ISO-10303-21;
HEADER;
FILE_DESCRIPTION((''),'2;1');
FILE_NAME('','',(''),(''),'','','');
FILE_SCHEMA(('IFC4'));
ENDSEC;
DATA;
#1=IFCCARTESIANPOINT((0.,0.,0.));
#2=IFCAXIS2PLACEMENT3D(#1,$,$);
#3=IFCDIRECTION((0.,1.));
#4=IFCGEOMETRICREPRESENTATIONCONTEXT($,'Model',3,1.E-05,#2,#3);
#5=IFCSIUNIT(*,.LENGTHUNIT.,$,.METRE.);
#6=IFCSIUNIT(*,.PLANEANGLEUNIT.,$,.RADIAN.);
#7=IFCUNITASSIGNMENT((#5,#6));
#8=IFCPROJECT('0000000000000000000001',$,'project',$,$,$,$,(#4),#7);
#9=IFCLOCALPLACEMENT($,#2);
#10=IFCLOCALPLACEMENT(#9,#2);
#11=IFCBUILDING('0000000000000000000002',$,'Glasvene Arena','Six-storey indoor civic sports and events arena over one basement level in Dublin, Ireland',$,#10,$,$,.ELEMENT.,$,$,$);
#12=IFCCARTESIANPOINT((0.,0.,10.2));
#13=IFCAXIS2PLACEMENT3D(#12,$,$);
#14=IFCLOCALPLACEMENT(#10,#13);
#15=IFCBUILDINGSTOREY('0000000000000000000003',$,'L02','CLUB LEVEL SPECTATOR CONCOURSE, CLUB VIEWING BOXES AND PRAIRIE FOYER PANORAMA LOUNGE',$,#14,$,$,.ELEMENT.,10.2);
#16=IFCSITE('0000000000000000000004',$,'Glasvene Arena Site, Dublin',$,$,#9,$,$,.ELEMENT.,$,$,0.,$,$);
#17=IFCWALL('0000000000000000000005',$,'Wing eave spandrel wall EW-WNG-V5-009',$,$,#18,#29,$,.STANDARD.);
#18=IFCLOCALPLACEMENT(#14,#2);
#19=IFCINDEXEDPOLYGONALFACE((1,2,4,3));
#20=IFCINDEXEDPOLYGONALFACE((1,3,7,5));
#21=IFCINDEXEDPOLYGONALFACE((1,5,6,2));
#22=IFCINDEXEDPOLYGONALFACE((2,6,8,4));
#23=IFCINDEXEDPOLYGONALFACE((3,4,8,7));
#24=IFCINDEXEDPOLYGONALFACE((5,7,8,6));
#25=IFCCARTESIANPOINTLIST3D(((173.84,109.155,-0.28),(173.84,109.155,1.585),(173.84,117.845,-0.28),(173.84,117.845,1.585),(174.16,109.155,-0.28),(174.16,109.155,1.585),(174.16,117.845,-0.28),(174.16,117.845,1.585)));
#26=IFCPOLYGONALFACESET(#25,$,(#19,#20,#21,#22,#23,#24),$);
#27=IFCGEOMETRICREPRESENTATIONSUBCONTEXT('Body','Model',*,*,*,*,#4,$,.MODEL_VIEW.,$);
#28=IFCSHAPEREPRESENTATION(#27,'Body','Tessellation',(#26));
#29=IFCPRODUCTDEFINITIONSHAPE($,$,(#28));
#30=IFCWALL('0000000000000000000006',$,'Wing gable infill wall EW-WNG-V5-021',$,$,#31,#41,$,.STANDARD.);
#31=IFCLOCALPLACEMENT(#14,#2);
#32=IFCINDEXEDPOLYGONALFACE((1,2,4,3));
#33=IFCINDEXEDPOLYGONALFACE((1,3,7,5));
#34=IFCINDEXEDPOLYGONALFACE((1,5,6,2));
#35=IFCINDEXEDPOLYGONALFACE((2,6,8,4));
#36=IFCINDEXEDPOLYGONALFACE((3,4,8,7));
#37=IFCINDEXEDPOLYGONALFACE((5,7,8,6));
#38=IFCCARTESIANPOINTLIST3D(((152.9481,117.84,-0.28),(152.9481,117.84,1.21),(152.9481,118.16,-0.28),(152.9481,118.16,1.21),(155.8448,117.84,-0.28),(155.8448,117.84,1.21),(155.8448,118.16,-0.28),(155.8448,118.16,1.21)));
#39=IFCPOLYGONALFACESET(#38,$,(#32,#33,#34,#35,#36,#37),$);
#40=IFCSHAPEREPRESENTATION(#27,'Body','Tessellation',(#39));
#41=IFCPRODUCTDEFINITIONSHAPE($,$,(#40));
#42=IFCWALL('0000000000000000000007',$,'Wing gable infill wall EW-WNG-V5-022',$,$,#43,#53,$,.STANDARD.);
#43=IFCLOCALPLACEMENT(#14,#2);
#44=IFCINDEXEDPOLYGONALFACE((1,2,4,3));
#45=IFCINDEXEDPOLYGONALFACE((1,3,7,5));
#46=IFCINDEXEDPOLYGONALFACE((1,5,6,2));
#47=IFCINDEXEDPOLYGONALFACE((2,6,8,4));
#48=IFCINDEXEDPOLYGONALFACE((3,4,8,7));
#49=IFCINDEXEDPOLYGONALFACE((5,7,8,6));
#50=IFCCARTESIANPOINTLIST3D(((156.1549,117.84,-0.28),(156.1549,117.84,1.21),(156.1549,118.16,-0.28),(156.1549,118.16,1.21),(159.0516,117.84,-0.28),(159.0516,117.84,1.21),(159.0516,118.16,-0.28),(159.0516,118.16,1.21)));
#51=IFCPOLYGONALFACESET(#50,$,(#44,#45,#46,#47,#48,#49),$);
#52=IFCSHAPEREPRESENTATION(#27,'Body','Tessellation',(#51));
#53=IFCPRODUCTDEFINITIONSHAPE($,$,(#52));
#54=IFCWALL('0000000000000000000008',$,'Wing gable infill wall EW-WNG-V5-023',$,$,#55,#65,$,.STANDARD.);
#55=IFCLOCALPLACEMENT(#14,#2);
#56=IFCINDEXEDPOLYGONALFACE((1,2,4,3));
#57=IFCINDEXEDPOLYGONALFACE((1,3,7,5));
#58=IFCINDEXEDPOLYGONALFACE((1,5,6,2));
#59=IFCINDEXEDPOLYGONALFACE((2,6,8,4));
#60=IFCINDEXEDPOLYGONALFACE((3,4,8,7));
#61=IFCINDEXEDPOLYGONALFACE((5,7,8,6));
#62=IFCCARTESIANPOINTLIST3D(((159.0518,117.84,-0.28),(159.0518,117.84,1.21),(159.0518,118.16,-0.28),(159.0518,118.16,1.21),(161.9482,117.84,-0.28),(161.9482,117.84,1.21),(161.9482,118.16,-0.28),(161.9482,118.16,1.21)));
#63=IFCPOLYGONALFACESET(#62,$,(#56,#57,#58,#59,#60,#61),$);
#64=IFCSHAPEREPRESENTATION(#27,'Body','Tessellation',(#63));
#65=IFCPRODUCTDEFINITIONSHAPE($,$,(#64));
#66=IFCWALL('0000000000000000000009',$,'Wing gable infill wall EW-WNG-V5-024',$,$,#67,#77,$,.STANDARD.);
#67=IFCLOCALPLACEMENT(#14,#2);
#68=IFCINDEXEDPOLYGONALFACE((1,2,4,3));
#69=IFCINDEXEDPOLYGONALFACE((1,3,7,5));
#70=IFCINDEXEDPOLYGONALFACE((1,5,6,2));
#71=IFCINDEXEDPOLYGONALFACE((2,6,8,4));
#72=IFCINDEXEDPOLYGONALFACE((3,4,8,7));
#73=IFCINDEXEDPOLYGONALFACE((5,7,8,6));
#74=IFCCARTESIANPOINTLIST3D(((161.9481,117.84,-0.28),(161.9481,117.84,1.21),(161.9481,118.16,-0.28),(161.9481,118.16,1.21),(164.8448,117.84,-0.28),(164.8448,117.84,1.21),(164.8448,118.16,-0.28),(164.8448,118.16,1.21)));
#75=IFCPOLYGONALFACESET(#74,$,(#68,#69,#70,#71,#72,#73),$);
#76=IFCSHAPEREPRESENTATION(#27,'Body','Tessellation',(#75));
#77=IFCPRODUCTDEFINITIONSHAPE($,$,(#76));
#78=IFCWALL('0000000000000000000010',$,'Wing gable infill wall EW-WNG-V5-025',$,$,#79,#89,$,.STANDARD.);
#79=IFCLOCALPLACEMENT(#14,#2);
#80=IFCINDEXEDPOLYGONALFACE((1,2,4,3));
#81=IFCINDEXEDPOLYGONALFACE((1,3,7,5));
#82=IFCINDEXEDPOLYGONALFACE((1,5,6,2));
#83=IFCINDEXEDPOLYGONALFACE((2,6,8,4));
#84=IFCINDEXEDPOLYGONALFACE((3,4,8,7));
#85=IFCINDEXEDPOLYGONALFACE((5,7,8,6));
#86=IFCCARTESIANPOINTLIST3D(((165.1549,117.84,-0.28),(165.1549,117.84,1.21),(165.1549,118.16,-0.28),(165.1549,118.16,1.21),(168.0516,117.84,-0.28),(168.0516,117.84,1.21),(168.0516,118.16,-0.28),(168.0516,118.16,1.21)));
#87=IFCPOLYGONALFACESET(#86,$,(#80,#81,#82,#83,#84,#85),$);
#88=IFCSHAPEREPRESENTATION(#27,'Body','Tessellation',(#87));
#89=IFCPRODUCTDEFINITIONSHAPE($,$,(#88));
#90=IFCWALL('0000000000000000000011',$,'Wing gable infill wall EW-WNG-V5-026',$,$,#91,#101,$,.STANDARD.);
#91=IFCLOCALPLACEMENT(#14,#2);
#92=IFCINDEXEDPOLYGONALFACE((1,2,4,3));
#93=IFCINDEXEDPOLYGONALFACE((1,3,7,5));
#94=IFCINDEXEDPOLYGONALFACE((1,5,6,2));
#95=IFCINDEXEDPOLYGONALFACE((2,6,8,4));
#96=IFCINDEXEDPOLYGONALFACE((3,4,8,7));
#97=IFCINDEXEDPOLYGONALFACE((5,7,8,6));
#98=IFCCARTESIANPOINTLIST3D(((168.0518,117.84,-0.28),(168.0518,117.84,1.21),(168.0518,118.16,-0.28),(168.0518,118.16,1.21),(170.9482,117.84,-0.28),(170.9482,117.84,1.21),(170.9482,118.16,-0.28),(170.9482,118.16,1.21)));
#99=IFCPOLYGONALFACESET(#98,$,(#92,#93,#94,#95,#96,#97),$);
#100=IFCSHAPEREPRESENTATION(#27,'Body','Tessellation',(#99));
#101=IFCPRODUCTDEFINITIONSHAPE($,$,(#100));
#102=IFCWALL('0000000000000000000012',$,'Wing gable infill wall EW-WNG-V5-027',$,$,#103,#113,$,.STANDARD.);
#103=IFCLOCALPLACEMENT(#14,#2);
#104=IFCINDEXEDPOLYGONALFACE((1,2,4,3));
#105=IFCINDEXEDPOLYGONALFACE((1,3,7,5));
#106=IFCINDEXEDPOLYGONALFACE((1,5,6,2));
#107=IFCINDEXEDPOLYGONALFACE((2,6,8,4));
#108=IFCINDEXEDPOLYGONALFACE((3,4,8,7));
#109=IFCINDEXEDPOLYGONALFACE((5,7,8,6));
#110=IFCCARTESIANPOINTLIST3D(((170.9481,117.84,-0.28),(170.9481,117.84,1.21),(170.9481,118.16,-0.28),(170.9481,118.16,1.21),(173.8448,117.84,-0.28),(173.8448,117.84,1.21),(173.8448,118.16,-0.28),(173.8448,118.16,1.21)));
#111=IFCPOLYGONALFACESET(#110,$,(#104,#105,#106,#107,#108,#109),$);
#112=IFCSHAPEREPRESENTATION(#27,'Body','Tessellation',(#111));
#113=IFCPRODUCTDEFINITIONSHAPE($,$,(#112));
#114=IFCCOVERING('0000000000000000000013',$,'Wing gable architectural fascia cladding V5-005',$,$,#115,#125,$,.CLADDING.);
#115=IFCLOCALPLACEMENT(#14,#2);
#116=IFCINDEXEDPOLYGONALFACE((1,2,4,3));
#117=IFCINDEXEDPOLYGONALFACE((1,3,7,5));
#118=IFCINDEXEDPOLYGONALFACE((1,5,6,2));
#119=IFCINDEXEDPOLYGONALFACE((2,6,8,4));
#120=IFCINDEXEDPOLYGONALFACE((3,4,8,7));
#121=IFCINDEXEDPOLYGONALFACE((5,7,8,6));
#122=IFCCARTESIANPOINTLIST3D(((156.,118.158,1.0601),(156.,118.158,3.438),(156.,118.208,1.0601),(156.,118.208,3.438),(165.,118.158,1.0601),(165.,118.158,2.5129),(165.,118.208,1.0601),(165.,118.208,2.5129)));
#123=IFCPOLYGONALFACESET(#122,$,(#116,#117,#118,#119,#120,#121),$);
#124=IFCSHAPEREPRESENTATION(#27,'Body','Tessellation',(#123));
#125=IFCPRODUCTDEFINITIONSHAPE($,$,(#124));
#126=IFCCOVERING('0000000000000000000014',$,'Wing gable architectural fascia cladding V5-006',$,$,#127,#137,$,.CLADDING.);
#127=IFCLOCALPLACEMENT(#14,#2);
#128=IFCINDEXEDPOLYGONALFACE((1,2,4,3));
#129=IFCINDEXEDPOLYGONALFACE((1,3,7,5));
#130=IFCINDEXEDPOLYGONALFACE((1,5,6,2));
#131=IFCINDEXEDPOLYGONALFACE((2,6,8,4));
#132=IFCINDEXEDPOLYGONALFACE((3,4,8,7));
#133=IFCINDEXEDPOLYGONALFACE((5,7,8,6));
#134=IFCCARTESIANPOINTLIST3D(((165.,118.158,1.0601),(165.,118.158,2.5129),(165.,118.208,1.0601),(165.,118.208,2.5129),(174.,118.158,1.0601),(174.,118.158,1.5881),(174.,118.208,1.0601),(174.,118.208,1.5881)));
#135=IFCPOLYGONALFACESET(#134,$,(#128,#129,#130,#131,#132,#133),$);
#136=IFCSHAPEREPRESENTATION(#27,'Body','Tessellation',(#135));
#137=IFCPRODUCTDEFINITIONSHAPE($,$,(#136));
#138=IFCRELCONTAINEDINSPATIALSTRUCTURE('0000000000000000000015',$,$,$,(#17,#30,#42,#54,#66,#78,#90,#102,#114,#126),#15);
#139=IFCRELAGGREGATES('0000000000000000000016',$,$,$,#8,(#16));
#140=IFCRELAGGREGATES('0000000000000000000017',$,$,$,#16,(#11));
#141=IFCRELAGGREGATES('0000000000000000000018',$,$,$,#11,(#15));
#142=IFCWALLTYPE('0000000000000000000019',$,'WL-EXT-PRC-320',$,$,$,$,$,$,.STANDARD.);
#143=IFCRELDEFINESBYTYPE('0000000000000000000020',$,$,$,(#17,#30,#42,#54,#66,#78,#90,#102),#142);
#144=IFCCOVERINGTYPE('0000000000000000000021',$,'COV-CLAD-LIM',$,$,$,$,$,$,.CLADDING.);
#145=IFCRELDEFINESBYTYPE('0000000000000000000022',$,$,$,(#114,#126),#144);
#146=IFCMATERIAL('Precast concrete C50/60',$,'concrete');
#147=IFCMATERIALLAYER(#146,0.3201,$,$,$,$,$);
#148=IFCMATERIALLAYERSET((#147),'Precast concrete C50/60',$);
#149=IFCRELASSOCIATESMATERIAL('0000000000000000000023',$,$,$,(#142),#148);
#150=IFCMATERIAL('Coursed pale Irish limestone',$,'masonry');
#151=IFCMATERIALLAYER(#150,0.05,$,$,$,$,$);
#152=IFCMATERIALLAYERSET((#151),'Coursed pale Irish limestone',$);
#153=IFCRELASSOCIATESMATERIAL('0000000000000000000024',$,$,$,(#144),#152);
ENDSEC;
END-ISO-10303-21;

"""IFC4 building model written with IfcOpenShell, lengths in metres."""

from ifc_helpers import new_model, si_unit, direction, frame, frame_2d, origin, place, context, subcontext, project, spatial, polyline, rectangle, outline, extrude, material, layer, layer_set, type_object, element, save


model = new_model("IFC4")

# Units and contexts
model_context = context("Model", 3, precision=1e-05, world=origin(), true_north=direction((0.0, 1.0)))
body_context = subcontext(model_context, "Body", "Model", "MODEL_VIEW")
ifc_project = project(units=[si_unit("LENGTHUNIT", "METRE"), si_unit("PLANEANGLEUNIT", "RADIAN")], contexts=[model_context])

# Site, building, storey
site_placement = place(None, origin())
site = spatial("IfcSite", under=ifc_project, at=site_placement, Name="Glasvene Arena Site, Dublin", CompositionType="ELEMENT", RefElevation=0.0)
building_placement = place(site_placement, origin())
building = spatial("IfcBuilding", under=site, at=building_placement, Name="Glasvene Arena", Description="Six-storey indoor civic sports and events arena over one basement level in Dublin, Ireland", CompositionType="ELEMENT")
storey_placement = place(building_placement, frame((0.0, 0.0, 10.2)))
storey = spatial("IfcBuildingStorey", under=building, at=storey_placement, Name="L02", Description="CLUB LEVEL SPECTATOR CONCOURSE, CLUB VIEWING BOXES AND PRAIRIE FOYER PANORAMA LOUNGE", CompositionType="ELEMENT", Elevation=10.2)

# Shared definitions
ifc_material_1 = material(Name="Precast concrete C50/60", Category="concrete")
ifc_layer_1 = layer(ifc_material_1, 0.3201)
ifc_layer_set_1 = layer_set([ifc_layer_1], Name="Precast concrete C50/60")
wall_type = type_object("IfcWallType", Name="WL-EXT-PRC-320", PredefinedType="STANDARD", material=ifc_layer_set_1)

# Walls
for number, where, z_axis, x_axis, name in (
    (1, (174.0, 109.155, -0.28), (0.0, 0.0, 1.0), (0.0, 1.0, 0.0), "Wing eave spandrel wall EW-WNG-V5-009"),
):
    element("IfcWall", number, at=place(storey_placement, frame(where, z_axis=z_axis, x_axis=x_axis)), inside=storey, type_object=wall_type, Name=name, PredefinedType="STANDARD", context=body_context, shape_type="SweptSolid", body=[
        extrude(rectangle(XDim=8.6899, YDim=0.3201, at=frame_2d((4.345, 0.0))), origin(), (0.0, 0.0, 1.0), 1.865),
    ])
for number, where, z_axis, x_axis, name in (
    (2, (152.9482, 118.0, -0.28), (0.0, 0.0, 1.0), (1.0, 0.0, 0.0), "Wing gable infill wall EW-WNG-V5-021"),
    (3, (156.155, 118.0, -0.28), (0.0, 0.0, 1.0), (1.0, 0.0, 0.0), "Wing gable infill wall EW-WNG-V5-022"),
):
    element("IfcWall", number, at=place(storey_placement, frame(where, z_axis=z_axis, x_axis=x_axis)), inside=storey, type_object=wall_type, Name=name, PredefinedType="STANDARD", context=body_context, shape_type="SweptSolid", body=[
        extrude(rectangle(XDim=2.8967, YDim=0.3201, at=frame_2d((1.4482, 0.0))), origin(), (0.0, 0.0, 1.0), 1.49),
    ])
wall_1_placement = place(storey_placement, frame((159.0518, 118.0, -0.28), z_axis=(0.0, 0.0, 1.0), x_axis=(1.0, 0.0, 0.0)))
element("IfcWall", 4, at=wall_1_placement, inside=storey, type_object=wall_type, Name="Wing gable infill wall EW-WNG-V5-023", PredefinedType="STANDARD", context=body_context, shape_type="SweptSolid", body=[
    extrude(rectangle(XDim=2.8965, YDim=0.3201, at=frame_2d((1.4482, 0.0))), origin(), (0.0, 0.0, 1.0), 1.49),
])
for number, where, z_axis, x_axis, name in (
    (5, (161.9482, 118.0, -0.28), (0.0, 0.0, 1.0), (1.0, 0.0, 0.0), "Wing gable infill wall EW-WNG-V5-024"),
    (6, (165.155, 118.0, -0.28), (0.0, 0.0, 1.0), (1.0, 0.0, 0.0), "Wing gable infill wall EW-WNG-V5-025"),
):
    element("IfcWall", number, at=place(storey_placement, frame(where, z_axis=z_axis, x_axis=x_axis)), inside=storey, type_object=wall_type, Name=name, PredefinedType="STANDARD", context=body_context, shape_type="SweptSolid", body=[
        extrude(rectangle(XDim=2.8967, YDim=0.3201, at=frame_2d((1.4482, 0.0))), origin(), (0.0, 0.0, 1.0), 1.49),
    ])
wall_2_placement = place(storey_placement, frame((168.0518, 118.0, -0.28), z_axis=(0.0, 0.0, 1.0), x_axis=(1.0, 0.0, 0.0)))
element("IfcWall", 7, at=wall_2_placement, inside=storey, type_object=wall_type, Name="Wing gable infill wall EW-WNG-V5-026", PredefinedType="STANDARD", context=body_context, shape_type="SweptSolid", body=[
    extrude(rectangle(XDim=2.8965, YDim=0.3201, at=frame_2d((1.4482, 0.0))), origin(), (0.0, 0.0, 1.0), 1.49),
])
wall_3_placement = place(storey_placement, frame((170.9482, 118.0, -0.28), z_axis=(0.0, 0.0, 1.0), x_axis=(1.0, 0.0, 0.0)))
element("IfcWall", 8, at=wall_3_placement, inside=storey, type_object=wall_type, Name="Wing gable infill wall EW-WNG-V5-027", PredefinedType="STANDARD", context=body_context, shape_type="SweptSolid", body=[
    extrude(rectangle(XDim=2.8967, YDim=0.3201, at=frame_2d((1.4482, 0.0))), origin(), (0.0, 0.0, 1.0), 1.49),
])

# Coverings
ifc_material_2 = material(Name="Coursed pale Irish limestone", Category="masonry")
ifc_layer_2 = layer(ifc_material_2, 0.05)
ifc_layer_set_2 = layer_set([ifc_layer_2], Name="Coursed pale Irish limestone")
covering_type = type_object("IfcCoveringType", Name="COV-CLAD-LIM", PredefinedType="CLADDING", material=ifc_layer_set_2)
covering_1_placement = place(storey_placement, frame((156.0, 118.208, 1.0601), z_axis=(0.0, 1.0, 0.0), x_axis=(0.0, 0.0, 1.0)))
element("IfcCovering", 9, at=covering_1_placement, inside=storey, type_object=covering_type, Name="Wing gable architectural fascia cladding V5-005", PredefinedType="CLADDING", context=body_context, shape_type="SweptSolid", body=[
    extrude(outline(polyline([(0.0, 0.0), (2.3779, 0.0), (1.4529, 9.0), (0.0, 9.0), (0.0, 0.0)])), origin(), (0.0, 0.0, -1.0), 0.05),
])
covering_2_placement = place(storey_placement, frame((165.0, 118.208, 1.0601), z_axis=(0.0, 1.0, 0.0), x_axis=(0.0, 0.0, 1.0)))
element("IfcCovering", 10, at=covering_2_placement, inside=storey, type_object=covering_type, Name="Wing gable architectural fascia cladding V5-006", PredefinedType="CLADDING", context=body_context, shape_type="SweptSolid", body=[
    extrude(outline(polyline([(0.0, 0.0), (1.4529, 0.0), (0.5281, 9.0), (0.0, 9.0), (0.0, 0.0)])), origin(), (0.0, 0.0, -1.0), 0.05),
])

save(model, "model.ifc")
